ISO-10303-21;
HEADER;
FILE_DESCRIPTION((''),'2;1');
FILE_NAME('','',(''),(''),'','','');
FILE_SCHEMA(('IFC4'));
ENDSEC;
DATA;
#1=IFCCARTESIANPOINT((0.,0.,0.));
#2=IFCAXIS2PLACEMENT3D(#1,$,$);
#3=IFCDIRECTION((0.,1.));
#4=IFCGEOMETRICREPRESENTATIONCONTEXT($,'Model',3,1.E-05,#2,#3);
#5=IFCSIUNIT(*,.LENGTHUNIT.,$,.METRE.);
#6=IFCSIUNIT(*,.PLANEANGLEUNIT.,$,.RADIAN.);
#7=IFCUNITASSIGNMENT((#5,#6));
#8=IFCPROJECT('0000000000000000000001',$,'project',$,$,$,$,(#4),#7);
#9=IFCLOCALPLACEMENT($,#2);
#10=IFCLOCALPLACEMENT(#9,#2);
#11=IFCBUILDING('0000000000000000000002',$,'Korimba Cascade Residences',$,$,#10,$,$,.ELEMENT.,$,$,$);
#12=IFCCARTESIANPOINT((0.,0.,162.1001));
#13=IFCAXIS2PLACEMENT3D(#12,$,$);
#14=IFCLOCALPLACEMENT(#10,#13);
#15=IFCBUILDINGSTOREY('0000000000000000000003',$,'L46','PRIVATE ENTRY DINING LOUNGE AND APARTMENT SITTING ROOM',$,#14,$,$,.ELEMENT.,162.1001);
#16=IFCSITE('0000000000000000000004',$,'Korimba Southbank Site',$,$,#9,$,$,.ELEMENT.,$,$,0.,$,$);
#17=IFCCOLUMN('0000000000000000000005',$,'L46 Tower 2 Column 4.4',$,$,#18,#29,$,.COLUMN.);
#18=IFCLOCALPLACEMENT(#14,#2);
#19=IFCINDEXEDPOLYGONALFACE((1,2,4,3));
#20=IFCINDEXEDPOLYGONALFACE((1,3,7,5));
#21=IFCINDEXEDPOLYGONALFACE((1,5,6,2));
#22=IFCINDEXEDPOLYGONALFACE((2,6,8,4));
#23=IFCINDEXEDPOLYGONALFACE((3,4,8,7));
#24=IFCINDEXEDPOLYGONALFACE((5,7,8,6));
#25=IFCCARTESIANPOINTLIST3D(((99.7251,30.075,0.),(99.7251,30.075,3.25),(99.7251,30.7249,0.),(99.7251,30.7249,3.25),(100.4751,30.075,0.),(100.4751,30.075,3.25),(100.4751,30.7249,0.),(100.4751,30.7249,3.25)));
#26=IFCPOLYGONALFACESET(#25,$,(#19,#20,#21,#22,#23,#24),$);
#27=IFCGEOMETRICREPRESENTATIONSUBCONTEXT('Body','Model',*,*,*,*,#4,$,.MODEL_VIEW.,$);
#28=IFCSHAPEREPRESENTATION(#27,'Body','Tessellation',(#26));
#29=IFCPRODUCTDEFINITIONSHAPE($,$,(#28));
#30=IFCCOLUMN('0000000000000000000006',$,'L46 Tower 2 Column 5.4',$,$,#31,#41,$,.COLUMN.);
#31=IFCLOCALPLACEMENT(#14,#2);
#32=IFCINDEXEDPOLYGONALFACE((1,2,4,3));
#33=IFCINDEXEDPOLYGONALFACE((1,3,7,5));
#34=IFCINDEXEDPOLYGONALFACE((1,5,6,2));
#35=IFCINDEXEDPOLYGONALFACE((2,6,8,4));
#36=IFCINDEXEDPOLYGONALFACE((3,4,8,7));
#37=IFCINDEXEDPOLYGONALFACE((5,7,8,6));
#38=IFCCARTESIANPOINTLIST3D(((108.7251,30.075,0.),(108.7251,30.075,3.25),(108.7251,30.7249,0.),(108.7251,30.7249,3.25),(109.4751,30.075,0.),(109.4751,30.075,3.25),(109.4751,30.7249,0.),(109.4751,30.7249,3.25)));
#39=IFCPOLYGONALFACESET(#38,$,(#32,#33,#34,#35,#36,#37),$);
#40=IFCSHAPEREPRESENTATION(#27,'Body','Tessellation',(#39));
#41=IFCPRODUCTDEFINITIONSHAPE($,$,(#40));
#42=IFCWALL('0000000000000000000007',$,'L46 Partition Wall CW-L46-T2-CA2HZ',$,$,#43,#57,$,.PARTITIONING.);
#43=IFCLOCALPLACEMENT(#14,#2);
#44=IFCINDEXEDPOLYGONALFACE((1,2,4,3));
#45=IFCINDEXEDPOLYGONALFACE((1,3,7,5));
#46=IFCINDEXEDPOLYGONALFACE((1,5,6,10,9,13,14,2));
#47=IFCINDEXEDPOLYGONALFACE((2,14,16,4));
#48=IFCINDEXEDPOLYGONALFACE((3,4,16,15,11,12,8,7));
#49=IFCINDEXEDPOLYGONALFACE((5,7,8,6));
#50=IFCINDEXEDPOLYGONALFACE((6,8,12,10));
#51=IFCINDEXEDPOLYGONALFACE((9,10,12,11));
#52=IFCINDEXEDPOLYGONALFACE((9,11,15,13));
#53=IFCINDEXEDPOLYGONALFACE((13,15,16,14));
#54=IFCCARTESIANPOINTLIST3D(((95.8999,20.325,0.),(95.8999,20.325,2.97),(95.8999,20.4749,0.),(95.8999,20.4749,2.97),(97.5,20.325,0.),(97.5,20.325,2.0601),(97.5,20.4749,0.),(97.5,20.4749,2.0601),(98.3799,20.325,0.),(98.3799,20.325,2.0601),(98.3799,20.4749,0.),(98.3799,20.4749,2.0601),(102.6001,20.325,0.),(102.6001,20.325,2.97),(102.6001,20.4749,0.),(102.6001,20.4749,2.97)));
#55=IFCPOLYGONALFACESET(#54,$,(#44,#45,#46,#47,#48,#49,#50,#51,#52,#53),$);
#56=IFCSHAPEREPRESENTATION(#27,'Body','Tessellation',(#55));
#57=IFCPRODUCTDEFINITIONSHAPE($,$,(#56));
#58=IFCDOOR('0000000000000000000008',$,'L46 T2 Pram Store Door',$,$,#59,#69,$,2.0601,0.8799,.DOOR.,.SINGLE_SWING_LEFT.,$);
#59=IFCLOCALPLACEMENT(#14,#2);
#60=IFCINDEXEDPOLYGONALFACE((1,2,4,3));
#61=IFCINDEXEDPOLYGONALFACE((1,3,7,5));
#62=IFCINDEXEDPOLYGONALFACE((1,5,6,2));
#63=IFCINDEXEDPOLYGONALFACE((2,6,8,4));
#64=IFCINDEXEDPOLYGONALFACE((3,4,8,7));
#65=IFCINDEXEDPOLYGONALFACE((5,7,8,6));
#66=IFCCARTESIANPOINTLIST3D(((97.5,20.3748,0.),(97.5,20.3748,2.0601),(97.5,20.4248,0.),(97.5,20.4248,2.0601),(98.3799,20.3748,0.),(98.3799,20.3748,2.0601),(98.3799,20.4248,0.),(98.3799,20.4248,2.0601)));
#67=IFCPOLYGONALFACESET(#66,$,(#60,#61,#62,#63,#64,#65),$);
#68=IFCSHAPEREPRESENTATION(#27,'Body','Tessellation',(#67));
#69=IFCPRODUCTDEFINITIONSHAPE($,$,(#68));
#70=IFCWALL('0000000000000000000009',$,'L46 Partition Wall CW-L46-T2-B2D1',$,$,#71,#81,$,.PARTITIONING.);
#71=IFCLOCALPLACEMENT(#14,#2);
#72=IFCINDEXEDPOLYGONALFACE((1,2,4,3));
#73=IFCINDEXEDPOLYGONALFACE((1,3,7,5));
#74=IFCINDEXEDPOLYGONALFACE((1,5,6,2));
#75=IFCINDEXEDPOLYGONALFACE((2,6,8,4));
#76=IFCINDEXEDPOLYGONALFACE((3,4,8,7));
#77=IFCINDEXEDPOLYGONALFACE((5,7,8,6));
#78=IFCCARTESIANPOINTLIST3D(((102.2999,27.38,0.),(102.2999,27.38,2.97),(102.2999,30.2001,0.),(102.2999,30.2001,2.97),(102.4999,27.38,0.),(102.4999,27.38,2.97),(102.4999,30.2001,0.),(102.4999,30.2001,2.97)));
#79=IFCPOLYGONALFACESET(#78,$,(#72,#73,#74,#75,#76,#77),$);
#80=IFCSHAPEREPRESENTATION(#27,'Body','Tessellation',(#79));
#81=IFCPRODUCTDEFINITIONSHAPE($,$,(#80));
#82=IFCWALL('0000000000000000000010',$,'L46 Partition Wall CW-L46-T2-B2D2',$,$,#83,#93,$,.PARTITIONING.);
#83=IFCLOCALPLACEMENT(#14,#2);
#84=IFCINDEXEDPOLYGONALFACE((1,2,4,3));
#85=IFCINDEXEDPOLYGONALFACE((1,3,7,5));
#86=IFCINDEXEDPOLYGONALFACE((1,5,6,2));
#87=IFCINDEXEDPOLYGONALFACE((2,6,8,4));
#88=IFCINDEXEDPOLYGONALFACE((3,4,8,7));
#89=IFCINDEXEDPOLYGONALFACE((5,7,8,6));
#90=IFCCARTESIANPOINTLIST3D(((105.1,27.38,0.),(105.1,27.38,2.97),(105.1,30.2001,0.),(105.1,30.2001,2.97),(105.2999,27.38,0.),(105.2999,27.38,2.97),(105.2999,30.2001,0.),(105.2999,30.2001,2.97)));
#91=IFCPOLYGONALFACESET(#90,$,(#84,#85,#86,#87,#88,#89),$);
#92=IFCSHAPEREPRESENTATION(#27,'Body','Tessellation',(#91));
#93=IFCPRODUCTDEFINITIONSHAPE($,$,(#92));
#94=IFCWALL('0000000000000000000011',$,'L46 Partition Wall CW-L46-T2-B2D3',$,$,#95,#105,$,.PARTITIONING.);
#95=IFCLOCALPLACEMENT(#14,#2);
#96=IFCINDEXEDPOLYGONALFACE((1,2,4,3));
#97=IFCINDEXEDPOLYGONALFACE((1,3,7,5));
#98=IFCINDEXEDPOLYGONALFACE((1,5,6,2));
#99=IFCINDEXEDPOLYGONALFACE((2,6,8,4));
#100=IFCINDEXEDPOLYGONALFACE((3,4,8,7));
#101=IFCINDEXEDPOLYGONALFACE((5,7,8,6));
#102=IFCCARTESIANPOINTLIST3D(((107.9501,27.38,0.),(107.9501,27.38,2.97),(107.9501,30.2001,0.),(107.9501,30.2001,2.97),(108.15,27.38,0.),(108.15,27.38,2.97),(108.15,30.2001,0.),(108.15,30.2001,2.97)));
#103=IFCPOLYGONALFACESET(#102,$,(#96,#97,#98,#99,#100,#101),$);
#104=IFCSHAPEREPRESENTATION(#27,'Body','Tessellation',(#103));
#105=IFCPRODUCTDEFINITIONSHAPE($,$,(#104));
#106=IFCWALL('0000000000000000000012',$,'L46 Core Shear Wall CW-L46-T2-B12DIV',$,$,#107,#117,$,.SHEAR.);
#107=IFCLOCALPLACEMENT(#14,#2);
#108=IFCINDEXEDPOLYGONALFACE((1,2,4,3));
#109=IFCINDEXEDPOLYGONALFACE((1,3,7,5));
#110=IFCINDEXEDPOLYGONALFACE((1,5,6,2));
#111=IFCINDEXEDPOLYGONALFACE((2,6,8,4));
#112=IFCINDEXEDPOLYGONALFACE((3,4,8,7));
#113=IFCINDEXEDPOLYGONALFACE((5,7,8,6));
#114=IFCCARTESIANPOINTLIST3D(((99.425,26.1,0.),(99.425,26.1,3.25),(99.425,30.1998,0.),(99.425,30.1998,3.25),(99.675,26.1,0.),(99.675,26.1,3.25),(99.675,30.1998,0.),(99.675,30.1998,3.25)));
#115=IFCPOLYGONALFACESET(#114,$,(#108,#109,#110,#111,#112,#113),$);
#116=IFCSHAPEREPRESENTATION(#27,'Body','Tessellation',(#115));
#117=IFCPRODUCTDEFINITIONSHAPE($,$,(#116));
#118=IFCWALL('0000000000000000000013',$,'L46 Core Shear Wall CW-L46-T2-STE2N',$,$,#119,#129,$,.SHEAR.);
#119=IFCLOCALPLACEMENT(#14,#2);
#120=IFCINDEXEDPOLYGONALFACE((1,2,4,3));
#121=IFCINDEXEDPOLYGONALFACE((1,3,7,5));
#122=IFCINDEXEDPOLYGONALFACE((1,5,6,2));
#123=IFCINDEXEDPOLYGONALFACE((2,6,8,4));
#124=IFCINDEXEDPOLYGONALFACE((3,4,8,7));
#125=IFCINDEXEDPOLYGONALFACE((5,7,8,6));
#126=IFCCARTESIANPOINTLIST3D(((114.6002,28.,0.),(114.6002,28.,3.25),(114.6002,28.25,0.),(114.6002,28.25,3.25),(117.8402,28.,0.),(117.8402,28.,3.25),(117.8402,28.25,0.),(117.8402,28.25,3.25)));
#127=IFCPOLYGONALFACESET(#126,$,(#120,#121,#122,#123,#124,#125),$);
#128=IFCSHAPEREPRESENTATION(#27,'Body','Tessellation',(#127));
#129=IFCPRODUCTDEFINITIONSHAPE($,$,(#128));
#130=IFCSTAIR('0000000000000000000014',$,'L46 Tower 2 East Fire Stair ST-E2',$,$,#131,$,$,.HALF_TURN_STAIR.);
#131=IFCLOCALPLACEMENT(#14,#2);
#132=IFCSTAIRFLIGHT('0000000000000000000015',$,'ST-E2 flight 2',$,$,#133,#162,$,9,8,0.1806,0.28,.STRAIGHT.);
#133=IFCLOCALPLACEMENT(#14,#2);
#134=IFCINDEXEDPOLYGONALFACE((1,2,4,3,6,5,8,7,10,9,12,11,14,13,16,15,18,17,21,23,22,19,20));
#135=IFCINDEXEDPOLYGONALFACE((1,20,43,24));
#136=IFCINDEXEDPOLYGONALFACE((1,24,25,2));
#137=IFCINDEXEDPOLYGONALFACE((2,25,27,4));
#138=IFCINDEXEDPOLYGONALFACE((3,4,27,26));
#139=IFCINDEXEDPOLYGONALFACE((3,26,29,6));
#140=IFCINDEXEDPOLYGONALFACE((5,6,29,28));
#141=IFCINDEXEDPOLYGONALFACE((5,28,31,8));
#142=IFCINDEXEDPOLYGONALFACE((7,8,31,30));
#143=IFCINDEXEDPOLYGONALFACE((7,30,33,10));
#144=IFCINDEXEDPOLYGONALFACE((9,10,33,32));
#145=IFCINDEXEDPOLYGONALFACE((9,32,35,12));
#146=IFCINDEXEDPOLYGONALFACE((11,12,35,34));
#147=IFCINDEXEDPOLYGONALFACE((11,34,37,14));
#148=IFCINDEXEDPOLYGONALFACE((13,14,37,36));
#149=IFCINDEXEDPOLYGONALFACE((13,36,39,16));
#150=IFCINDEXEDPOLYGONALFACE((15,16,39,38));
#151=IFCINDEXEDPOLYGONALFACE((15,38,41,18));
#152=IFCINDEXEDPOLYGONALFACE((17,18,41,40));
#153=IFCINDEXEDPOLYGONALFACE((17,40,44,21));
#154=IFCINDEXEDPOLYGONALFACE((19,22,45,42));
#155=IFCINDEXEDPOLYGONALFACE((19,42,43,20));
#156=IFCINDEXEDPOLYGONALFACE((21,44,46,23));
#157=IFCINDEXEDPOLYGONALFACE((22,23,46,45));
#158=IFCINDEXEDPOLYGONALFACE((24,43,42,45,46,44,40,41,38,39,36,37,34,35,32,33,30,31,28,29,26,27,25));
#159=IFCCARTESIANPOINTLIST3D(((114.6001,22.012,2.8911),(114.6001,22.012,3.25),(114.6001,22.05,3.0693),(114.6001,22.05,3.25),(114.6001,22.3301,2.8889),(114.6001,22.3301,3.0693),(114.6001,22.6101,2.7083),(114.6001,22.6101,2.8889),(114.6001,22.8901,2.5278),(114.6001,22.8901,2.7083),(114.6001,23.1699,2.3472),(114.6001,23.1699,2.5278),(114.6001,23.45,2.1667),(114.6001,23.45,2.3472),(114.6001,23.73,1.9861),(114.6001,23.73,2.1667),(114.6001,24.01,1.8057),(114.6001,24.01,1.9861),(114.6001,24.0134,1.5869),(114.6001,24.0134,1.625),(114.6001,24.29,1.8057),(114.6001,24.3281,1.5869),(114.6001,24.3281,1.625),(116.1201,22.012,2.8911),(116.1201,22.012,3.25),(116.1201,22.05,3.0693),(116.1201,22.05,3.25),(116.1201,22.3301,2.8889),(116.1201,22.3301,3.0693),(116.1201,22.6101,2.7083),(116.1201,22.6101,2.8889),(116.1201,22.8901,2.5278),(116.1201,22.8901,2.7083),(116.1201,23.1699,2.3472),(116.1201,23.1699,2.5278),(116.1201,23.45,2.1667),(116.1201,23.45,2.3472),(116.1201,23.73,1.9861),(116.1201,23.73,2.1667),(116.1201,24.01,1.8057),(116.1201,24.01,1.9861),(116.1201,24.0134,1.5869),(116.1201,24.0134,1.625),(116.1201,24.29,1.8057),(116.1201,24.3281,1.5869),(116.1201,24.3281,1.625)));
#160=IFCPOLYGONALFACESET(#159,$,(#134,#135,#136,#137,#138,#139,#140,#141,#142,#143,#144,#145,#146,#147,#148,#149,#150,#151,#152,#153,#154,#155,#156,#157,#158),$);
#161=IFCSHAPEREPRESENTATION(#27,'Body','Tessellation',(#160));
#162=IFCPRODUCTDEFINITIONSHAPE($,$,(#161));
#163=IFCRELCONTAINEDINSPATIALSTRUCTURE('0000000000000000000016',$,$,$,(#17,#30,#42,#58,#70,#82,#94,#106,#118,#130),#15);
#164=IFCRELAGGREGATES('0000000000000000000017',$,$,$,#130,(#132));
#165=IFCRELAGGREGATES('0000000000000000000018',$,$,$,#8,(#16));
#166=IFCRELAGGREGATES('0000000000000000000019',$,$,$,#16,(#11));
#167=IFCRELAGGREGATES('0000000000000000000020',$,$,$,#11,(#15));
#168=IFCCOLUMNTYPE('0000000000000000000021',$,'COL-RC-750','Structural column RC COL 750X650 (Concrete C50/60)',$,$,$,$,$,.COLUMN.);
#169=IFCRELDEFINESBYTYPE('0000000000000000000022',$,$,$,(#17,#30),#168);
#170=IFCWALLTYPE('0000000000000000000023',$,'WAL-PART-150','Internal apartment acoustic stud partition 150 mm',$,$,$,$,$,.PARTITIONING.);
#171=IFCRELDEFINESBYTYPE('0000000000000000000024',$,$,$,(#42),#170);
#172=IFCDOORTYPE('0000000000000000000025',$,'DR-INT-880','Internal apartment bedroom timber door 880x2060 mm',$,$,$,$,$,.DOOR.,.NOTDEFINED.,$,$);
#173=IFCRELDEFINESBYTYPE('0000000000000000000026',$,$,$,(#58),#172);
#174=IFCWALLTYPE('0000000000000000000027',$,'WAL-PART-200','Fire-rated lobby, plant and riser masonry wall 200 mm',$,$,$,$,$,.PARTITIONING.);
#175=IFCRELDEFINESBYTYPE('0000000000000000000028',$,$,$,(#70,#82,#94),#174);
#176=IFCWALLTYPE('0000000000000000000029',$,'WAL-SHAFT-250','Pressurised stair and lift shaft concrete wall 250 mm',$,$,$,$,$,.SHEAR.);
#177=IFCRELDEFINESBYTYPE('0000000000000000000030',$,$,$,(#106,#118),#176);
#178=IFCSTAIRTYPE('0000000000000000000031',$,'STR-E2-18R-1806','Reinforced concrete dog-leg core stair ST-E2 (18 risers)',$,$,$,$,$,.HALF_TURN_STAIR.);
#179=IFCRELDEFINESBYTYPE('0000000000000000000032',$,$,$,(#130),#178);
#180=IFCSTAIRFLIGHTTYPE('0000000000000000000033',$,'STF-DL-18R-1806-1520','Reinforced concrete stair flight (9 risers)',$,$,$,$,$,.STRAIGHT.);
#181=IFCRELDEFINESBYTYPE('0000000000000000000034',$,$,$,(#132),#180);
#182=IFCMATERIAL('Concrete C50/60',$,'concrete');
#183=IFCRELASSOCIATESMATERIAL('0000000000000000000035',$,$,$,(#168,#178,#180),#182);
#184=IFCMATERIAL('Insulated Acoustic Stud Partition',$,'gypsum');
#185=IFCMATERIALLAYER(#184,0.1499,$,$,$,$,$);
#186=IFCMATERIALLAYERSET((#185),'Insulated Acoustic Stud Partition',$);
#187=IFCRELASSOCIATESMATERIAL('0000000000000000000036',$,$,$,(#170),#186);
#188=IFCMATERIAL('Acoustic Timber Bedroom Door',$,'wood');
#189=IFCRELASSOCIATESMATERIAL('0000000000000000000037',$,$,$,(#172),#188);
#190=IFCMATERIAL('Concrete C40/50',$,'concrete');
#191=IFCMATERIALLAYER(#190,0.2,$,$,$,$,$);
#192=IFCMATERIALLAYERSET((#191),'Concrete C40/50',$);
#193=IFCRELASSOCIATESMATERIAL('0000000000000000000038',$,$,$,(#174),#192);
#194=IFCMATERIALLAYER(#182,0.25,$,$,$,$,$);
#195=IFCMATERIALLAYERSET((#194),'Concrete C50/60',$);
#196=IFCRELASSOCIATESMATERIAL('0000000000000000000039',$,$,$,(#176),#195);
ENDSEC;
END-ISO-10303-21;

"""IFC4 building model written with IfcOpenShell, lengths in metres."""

from ifc_helpers import new_model, si_unit, direction, frame, frame_2d, origin, origin_2d, place, context, subcontext, project, spatial, polyline, rectangle, outline, extrude, material, layer, layer_set, material_profile, profile_set, type_object, element, fill, aggregate, save


model = new_model("IFC4")

# Units and contexts
model_context = context("Model", 3, precision=1e-05, world=origin(), true_north=direction((0.0, 1.0)))
body_context = subcontext(model_context, "Body", "Model", "MODEL_VIEW")
ifc_project = project(units=[si_unit("LENGTHUNIT", "METRE"), si_unit("PLANEANGLEUNIT", "RADIAN")], contexts=[model_context])

# Site, building, storey
site_placement = place(None, origin())
site = spatial("IfcSite", under=ifc_project, at=site_placement, Name="Korimba Southbank Site", CompositionType="ELEMENT", RefElevation=0.0)
building_placement = place(site_placement, origin())
building = spatial("IfcBuilding", under=site, at=building_placement, Name="Korimba Cascade Residences", CompositionType="ELEMENT")
storey_placement = place(building_placement, frame((0.0, 0.0, 162.1001)))
storey = spatial("IfcBuildingStorey", under=building, at=storey_placement, Name="L46", Description="PRIVATE ENTRY DINING LOUNGE AND APARTMENT SITTING ROOM", CompositionType="ELEMENT", Elevation=162.1001)

# Columns
ifc_material_1 = material(Name="Concrete C50/60", Category="concrete")
ifc_material_profile = material_profile(ifc_material_1, rectangle(XDim=0.75, YDim=0.6499, at=origin_2d()), Name="Concrete C50/60")
ifc_profile_set = profile_set([ifc_material_profile], Name="Concrete C50/60")
column_type = type_object("IfcColumnType", Name="COL-RC-750", Description="Structural column RC COL 750X650 (Concrete C50/60)", PredefinedType="COLUMN", material=ifc_profile_set)
for number, where, z_axis, x_axis, name in (
    (1, (100.1001, 30.3999, 0.0), (0.0, 0.0, 1.0), (1.0, 0.0, 0.0), "L46 Tower 2 Column 4.4"),
    (2, (109.1001, 30.3999, 0.0), (0.0, 0.0, 1.0), (1.0, 0.0, 0.0), "L46 Tower 2 Column 5.4"),
):
    element("IfcColumn", number, at=place(storey_placement, frame(where, z_axis=z_axis, x_axis=x_axis)), inside=storey, type_object=column_type, Name=name, PredefinedType="COLUMN", context=body_context, shape_type="SweptSolid", body=[
        extrude(rectangle(XDim=0.75, YDim=0.6499, at=origin_2d()), origin(), (0.0, 0.0, 1.0), 3.25),
    ])

# Wall, opening, door
ifc_material_2 = material(Name="Insulated Acoustic Stud Partition", Category="gypsum")
ifc_layer_1 = layer(ifc_material_2, 0.1499)
ifc_layer_set_1 = layer_set([ifc_layer_1], Name="Insulated Acoustic Stud Partition")
wall_type_1 = type_object("IfcWallType", Name="WAL-PART-150", Description="Internal apartment acoustic stud partition 150 mm", PredefinedType="PARTITIONING", material=ifc_layer_set_1)
wall_1_placement = place(storey_placement, frame((95.8999, 20.3999, 0.0), z_axis=(0.0, 0.0, 1.0), x_axis=(1.0, 0.0, 0.0)))
wall_1 = element("IfcWall", 3, at=wall_1_placement, inside=storey, type_object=wall_type_1, Name="L46 Partition Wall CW-L46-T2-CA2HZ", PredefinedType="PARTITIONING", context=body_context, shape_type="SweptSolid", body=[
    extrude(rectangle(XDim=6.7002, YDim=0.1499, at=frame_2d((3.3501, 0.0))), origin(), (0.0, 0.0, 1.0), 2.97),
])
opening_1_placement = place(wall_1_placement, frame((1.6001, 0.0, 0.0)))
opening_1 = element("IfcOpeningElement", 4, at=opening_1_placement, cuts=wall_1, PredefinedType="OPENING", context=body_context, shape_type="SweptSolid", body=[
    extrude(rectangle(XDim=0.8799, YDim=2.0601, at=frame_2d((0.4399, 1.03))), frame((0.0, 0.085, 0.0), z_axis=(0.0, -1.0, 0.0), x_axis=(1.0, 0.0, 0.0)), (0.0, 0.0, 1.0), 0.1699),
])
ifc_material_3 = material(Name="Acoustic Timber Bedroom Door", Category="wood")
door_type_1 = type_object("IfcDoorType", Name="DR-INT-880", Description="Internal apartment bedroom timber door 880x2060 mm", OperationType="NOTDEFINED", PredefinedType="DOOR", material=ifc_material_3)
door_1_placement = place(opening_1_placement, origin())
door_1 = element("IfcDoor", 5, at=door_1_placement, inside=storey, type_object=door_type_1, Name="L46 T2 Pram Store Door", OperationType="SINGLE_SWING_LEFT", OverallHeight=2.0601, OverallWidth=0.8799, PredefinedType="DOOR", context=body_context, shape_type="SweptSolid", body=[
    extrude(rectangle(XDim=0.8799, YDim=2.0601, at=frame_2d((0.4399, 1.03))), frame((0.0, 0.0249, 0.0), z_axis=(0.0, -1.0, 0.0), x_axis=(1.0, 0.0, 0.0)), (0.0, 0.0, 1.0), 0.05),
])
fill(opening_1, door_1)

# Walls
ifc_material_4 = material(Name="Concrete C40/50", Category="concrete")
ifc_layer_2 = layer(ifc_material_4, 0.2)
ifc_layer_set_2 = layer_set([ifc_layer_2], Name="Concrete C40/50")
wall_type_2 = type_object("IfcWallType", Name="WAL-PART-200", Description="Fire-rated lobby, plant and riser masonry wall 200 mm", PredefinedType="PARTITIONING", material=ifc_layer_set_2)
for number, where, z_axis, x_axis, name in (
    (6, (102.3999, 27.3799, 0.0), (0.0, 0.0, 1.0), (0.0, 1.0, 0.0), "L46 Partition Wall CW-L46-T2-B2D1"),
    (7, (105.2, 27.3799, 0.0), (0.0, 0.0, 1.0), (0.0, 1.0, 0.0), "L46 Partition Wall CW-L46-T2-B2D2"),
    (8, (108.05, 27.3799, 0.0), (0.0, 0.0, 1.0), (0.0, 1.0, 0.0), "L46 Partition Wall CW-L46-T2-B2D3"),
):
    element("IfcWall", number, at=place(storey_placement, frame(where, z_axis=z_axis, x_axis=x_axis)), inside=storey, type_object=wall_type_2, Name=name, PredefinedType="PARTITIONING", context=body_context, shape_type="SweptSolid", body=[
        extrude(rectangle(XDim=2.8201, YDim=0.2, at=frame_2d((1.4102, 0.0))), origin(), (0.0, 0.0, 1.0), 2.97),
    ])
ifc_layer_3 = layer(ifc_material_1, 0.25)
ifc_layer_set_3 = layer_set([ifc_layer_3], Name="Concrete C50/60")
wall_type_3 = type_object("IfcWallType", Name="WAL-SHAFT-250", Description="Pressurised stair and lift shaft concrete wall 250 mm", PredefinedType="SHEAR", material=ifc_layer_set_3)
wall_2_placement = place(storey_placement, frame((99.55, 26.1001, 0.0), z_axis=(0.0, 0.0, 1.0), x_axis=(0.0, 1.0, 0.0)))
element("IfcWall", 9, at=wall_2_placement, inside=storey, type_object=wall_type_3, Name="L46 Core Shear Wall CW-L46-T2-B12DIV", PredefinedType="SHEAR", context=body_context, shape_type="SweptSolid", body=[
    extrude(rectangle(XDim=4.0999, YDim=0.25, at=frame_2d((2.0498, 0.0))), origin(), (0.0, 0.0, 1.0), 3.25),
])

# Wall
wall_3_placement = place(storey_placement, frame((114.6001, 28.125, 0.0), z_axis=(0.0, 0.0, 1.0), x_axis=(1.0, 0.0, 0.0)))
element("IfcWall", 10, at=wall_3_placement, inside=storey, type_object=wall_type_3, Name="L46 Core Shear Wall CW-L46-T2-STE2N", PredefinedType="SHEAR", context=body_context, shape_type="SweptSolid", body=[
    extrude(rectangle(XDim=3.24, YDim=0.25, at=frame_2d((1.6201, 0.0))), origin(), (0.0, 0.0, 1.0), 3.25),
])

# Stair, stair flight
stair_type = type_object("IfcStairType", Name="STR-E2-18R-1806", Description="Reinforced concrete dog-leg core stair ST-E2 (18 risers)", PredefinedType="HALF_TURN_STAIR", material=ifc_material_1)
stair_placement = place(storey_placement, origin())
stair = element("IfcStair", 11, at=stair_placement, inside=storey, type_object=stair_type, Name="L46 Tower 2 East Fire Stair ST-E2", PredefinedType="HALF_TURN_STAIR")
stair_flight_type = type_object("IfcStairFlightType", Name="STF-DL-18R-1806-1520", Description="Reinforced concrete stair flight (9 risers)", PredefinedType="STRAIGHT", material=ifc_material_1)
stair_flight_placement = place(storey_placement, frame((115.3601, 24.29, 1.625), z_axis=(0.0, 0.0, 1.0), x_axis=(0.0, -1.0, 0.0)))
stair_flight = element("IfcStairFlight", 12, at=stair_flight_placement, type_object=stair_flight_type, Name="ST-E2 flight 2", NumberOfRisers=9, NumberOfTreads=8, PredefinedType="STRAIGHT", RiserHeight=0.1806, TreadLength=0.28, context=body_context, shape_type="SweptSolid", body=[
    extrude(outline(polyline([(-0.0381, 0.0), (0.0, 0.1807), (0.28, 0.1807), (0.28, 0.3611), (0.5601, 0.3611), (0.5601, 0.5417), (0.8401, 0.5417), (0.8401, 0.7222), (1.1201, 0.7222), (1.1201, 0.9028), (1.3999, 0.9028), (1.3999, 1.0833), (1.6799, 1.0833), (1.6799, 1.2639), (1.96, 1.2639), (1.96, 1.4443), (2.24, 1.4443), (2.24, 1.625), (2.2781, 1.625), (2.2781, 1.2661), (0.2766, 0.0), (0.2766, -0.0381), (-0.0381, -0.0381), (-0.0381, 0.0)])), frame((0.0, 0.76, 0.0), z_axis=(0.0, -1.0, 0.0), x_axis=(1.0, 0.0, 0.0)), (0.0, 0.0, 1.0), 1.52),
])
aggregate(stair, [stair_flight])

save(model, "model.ifc")
